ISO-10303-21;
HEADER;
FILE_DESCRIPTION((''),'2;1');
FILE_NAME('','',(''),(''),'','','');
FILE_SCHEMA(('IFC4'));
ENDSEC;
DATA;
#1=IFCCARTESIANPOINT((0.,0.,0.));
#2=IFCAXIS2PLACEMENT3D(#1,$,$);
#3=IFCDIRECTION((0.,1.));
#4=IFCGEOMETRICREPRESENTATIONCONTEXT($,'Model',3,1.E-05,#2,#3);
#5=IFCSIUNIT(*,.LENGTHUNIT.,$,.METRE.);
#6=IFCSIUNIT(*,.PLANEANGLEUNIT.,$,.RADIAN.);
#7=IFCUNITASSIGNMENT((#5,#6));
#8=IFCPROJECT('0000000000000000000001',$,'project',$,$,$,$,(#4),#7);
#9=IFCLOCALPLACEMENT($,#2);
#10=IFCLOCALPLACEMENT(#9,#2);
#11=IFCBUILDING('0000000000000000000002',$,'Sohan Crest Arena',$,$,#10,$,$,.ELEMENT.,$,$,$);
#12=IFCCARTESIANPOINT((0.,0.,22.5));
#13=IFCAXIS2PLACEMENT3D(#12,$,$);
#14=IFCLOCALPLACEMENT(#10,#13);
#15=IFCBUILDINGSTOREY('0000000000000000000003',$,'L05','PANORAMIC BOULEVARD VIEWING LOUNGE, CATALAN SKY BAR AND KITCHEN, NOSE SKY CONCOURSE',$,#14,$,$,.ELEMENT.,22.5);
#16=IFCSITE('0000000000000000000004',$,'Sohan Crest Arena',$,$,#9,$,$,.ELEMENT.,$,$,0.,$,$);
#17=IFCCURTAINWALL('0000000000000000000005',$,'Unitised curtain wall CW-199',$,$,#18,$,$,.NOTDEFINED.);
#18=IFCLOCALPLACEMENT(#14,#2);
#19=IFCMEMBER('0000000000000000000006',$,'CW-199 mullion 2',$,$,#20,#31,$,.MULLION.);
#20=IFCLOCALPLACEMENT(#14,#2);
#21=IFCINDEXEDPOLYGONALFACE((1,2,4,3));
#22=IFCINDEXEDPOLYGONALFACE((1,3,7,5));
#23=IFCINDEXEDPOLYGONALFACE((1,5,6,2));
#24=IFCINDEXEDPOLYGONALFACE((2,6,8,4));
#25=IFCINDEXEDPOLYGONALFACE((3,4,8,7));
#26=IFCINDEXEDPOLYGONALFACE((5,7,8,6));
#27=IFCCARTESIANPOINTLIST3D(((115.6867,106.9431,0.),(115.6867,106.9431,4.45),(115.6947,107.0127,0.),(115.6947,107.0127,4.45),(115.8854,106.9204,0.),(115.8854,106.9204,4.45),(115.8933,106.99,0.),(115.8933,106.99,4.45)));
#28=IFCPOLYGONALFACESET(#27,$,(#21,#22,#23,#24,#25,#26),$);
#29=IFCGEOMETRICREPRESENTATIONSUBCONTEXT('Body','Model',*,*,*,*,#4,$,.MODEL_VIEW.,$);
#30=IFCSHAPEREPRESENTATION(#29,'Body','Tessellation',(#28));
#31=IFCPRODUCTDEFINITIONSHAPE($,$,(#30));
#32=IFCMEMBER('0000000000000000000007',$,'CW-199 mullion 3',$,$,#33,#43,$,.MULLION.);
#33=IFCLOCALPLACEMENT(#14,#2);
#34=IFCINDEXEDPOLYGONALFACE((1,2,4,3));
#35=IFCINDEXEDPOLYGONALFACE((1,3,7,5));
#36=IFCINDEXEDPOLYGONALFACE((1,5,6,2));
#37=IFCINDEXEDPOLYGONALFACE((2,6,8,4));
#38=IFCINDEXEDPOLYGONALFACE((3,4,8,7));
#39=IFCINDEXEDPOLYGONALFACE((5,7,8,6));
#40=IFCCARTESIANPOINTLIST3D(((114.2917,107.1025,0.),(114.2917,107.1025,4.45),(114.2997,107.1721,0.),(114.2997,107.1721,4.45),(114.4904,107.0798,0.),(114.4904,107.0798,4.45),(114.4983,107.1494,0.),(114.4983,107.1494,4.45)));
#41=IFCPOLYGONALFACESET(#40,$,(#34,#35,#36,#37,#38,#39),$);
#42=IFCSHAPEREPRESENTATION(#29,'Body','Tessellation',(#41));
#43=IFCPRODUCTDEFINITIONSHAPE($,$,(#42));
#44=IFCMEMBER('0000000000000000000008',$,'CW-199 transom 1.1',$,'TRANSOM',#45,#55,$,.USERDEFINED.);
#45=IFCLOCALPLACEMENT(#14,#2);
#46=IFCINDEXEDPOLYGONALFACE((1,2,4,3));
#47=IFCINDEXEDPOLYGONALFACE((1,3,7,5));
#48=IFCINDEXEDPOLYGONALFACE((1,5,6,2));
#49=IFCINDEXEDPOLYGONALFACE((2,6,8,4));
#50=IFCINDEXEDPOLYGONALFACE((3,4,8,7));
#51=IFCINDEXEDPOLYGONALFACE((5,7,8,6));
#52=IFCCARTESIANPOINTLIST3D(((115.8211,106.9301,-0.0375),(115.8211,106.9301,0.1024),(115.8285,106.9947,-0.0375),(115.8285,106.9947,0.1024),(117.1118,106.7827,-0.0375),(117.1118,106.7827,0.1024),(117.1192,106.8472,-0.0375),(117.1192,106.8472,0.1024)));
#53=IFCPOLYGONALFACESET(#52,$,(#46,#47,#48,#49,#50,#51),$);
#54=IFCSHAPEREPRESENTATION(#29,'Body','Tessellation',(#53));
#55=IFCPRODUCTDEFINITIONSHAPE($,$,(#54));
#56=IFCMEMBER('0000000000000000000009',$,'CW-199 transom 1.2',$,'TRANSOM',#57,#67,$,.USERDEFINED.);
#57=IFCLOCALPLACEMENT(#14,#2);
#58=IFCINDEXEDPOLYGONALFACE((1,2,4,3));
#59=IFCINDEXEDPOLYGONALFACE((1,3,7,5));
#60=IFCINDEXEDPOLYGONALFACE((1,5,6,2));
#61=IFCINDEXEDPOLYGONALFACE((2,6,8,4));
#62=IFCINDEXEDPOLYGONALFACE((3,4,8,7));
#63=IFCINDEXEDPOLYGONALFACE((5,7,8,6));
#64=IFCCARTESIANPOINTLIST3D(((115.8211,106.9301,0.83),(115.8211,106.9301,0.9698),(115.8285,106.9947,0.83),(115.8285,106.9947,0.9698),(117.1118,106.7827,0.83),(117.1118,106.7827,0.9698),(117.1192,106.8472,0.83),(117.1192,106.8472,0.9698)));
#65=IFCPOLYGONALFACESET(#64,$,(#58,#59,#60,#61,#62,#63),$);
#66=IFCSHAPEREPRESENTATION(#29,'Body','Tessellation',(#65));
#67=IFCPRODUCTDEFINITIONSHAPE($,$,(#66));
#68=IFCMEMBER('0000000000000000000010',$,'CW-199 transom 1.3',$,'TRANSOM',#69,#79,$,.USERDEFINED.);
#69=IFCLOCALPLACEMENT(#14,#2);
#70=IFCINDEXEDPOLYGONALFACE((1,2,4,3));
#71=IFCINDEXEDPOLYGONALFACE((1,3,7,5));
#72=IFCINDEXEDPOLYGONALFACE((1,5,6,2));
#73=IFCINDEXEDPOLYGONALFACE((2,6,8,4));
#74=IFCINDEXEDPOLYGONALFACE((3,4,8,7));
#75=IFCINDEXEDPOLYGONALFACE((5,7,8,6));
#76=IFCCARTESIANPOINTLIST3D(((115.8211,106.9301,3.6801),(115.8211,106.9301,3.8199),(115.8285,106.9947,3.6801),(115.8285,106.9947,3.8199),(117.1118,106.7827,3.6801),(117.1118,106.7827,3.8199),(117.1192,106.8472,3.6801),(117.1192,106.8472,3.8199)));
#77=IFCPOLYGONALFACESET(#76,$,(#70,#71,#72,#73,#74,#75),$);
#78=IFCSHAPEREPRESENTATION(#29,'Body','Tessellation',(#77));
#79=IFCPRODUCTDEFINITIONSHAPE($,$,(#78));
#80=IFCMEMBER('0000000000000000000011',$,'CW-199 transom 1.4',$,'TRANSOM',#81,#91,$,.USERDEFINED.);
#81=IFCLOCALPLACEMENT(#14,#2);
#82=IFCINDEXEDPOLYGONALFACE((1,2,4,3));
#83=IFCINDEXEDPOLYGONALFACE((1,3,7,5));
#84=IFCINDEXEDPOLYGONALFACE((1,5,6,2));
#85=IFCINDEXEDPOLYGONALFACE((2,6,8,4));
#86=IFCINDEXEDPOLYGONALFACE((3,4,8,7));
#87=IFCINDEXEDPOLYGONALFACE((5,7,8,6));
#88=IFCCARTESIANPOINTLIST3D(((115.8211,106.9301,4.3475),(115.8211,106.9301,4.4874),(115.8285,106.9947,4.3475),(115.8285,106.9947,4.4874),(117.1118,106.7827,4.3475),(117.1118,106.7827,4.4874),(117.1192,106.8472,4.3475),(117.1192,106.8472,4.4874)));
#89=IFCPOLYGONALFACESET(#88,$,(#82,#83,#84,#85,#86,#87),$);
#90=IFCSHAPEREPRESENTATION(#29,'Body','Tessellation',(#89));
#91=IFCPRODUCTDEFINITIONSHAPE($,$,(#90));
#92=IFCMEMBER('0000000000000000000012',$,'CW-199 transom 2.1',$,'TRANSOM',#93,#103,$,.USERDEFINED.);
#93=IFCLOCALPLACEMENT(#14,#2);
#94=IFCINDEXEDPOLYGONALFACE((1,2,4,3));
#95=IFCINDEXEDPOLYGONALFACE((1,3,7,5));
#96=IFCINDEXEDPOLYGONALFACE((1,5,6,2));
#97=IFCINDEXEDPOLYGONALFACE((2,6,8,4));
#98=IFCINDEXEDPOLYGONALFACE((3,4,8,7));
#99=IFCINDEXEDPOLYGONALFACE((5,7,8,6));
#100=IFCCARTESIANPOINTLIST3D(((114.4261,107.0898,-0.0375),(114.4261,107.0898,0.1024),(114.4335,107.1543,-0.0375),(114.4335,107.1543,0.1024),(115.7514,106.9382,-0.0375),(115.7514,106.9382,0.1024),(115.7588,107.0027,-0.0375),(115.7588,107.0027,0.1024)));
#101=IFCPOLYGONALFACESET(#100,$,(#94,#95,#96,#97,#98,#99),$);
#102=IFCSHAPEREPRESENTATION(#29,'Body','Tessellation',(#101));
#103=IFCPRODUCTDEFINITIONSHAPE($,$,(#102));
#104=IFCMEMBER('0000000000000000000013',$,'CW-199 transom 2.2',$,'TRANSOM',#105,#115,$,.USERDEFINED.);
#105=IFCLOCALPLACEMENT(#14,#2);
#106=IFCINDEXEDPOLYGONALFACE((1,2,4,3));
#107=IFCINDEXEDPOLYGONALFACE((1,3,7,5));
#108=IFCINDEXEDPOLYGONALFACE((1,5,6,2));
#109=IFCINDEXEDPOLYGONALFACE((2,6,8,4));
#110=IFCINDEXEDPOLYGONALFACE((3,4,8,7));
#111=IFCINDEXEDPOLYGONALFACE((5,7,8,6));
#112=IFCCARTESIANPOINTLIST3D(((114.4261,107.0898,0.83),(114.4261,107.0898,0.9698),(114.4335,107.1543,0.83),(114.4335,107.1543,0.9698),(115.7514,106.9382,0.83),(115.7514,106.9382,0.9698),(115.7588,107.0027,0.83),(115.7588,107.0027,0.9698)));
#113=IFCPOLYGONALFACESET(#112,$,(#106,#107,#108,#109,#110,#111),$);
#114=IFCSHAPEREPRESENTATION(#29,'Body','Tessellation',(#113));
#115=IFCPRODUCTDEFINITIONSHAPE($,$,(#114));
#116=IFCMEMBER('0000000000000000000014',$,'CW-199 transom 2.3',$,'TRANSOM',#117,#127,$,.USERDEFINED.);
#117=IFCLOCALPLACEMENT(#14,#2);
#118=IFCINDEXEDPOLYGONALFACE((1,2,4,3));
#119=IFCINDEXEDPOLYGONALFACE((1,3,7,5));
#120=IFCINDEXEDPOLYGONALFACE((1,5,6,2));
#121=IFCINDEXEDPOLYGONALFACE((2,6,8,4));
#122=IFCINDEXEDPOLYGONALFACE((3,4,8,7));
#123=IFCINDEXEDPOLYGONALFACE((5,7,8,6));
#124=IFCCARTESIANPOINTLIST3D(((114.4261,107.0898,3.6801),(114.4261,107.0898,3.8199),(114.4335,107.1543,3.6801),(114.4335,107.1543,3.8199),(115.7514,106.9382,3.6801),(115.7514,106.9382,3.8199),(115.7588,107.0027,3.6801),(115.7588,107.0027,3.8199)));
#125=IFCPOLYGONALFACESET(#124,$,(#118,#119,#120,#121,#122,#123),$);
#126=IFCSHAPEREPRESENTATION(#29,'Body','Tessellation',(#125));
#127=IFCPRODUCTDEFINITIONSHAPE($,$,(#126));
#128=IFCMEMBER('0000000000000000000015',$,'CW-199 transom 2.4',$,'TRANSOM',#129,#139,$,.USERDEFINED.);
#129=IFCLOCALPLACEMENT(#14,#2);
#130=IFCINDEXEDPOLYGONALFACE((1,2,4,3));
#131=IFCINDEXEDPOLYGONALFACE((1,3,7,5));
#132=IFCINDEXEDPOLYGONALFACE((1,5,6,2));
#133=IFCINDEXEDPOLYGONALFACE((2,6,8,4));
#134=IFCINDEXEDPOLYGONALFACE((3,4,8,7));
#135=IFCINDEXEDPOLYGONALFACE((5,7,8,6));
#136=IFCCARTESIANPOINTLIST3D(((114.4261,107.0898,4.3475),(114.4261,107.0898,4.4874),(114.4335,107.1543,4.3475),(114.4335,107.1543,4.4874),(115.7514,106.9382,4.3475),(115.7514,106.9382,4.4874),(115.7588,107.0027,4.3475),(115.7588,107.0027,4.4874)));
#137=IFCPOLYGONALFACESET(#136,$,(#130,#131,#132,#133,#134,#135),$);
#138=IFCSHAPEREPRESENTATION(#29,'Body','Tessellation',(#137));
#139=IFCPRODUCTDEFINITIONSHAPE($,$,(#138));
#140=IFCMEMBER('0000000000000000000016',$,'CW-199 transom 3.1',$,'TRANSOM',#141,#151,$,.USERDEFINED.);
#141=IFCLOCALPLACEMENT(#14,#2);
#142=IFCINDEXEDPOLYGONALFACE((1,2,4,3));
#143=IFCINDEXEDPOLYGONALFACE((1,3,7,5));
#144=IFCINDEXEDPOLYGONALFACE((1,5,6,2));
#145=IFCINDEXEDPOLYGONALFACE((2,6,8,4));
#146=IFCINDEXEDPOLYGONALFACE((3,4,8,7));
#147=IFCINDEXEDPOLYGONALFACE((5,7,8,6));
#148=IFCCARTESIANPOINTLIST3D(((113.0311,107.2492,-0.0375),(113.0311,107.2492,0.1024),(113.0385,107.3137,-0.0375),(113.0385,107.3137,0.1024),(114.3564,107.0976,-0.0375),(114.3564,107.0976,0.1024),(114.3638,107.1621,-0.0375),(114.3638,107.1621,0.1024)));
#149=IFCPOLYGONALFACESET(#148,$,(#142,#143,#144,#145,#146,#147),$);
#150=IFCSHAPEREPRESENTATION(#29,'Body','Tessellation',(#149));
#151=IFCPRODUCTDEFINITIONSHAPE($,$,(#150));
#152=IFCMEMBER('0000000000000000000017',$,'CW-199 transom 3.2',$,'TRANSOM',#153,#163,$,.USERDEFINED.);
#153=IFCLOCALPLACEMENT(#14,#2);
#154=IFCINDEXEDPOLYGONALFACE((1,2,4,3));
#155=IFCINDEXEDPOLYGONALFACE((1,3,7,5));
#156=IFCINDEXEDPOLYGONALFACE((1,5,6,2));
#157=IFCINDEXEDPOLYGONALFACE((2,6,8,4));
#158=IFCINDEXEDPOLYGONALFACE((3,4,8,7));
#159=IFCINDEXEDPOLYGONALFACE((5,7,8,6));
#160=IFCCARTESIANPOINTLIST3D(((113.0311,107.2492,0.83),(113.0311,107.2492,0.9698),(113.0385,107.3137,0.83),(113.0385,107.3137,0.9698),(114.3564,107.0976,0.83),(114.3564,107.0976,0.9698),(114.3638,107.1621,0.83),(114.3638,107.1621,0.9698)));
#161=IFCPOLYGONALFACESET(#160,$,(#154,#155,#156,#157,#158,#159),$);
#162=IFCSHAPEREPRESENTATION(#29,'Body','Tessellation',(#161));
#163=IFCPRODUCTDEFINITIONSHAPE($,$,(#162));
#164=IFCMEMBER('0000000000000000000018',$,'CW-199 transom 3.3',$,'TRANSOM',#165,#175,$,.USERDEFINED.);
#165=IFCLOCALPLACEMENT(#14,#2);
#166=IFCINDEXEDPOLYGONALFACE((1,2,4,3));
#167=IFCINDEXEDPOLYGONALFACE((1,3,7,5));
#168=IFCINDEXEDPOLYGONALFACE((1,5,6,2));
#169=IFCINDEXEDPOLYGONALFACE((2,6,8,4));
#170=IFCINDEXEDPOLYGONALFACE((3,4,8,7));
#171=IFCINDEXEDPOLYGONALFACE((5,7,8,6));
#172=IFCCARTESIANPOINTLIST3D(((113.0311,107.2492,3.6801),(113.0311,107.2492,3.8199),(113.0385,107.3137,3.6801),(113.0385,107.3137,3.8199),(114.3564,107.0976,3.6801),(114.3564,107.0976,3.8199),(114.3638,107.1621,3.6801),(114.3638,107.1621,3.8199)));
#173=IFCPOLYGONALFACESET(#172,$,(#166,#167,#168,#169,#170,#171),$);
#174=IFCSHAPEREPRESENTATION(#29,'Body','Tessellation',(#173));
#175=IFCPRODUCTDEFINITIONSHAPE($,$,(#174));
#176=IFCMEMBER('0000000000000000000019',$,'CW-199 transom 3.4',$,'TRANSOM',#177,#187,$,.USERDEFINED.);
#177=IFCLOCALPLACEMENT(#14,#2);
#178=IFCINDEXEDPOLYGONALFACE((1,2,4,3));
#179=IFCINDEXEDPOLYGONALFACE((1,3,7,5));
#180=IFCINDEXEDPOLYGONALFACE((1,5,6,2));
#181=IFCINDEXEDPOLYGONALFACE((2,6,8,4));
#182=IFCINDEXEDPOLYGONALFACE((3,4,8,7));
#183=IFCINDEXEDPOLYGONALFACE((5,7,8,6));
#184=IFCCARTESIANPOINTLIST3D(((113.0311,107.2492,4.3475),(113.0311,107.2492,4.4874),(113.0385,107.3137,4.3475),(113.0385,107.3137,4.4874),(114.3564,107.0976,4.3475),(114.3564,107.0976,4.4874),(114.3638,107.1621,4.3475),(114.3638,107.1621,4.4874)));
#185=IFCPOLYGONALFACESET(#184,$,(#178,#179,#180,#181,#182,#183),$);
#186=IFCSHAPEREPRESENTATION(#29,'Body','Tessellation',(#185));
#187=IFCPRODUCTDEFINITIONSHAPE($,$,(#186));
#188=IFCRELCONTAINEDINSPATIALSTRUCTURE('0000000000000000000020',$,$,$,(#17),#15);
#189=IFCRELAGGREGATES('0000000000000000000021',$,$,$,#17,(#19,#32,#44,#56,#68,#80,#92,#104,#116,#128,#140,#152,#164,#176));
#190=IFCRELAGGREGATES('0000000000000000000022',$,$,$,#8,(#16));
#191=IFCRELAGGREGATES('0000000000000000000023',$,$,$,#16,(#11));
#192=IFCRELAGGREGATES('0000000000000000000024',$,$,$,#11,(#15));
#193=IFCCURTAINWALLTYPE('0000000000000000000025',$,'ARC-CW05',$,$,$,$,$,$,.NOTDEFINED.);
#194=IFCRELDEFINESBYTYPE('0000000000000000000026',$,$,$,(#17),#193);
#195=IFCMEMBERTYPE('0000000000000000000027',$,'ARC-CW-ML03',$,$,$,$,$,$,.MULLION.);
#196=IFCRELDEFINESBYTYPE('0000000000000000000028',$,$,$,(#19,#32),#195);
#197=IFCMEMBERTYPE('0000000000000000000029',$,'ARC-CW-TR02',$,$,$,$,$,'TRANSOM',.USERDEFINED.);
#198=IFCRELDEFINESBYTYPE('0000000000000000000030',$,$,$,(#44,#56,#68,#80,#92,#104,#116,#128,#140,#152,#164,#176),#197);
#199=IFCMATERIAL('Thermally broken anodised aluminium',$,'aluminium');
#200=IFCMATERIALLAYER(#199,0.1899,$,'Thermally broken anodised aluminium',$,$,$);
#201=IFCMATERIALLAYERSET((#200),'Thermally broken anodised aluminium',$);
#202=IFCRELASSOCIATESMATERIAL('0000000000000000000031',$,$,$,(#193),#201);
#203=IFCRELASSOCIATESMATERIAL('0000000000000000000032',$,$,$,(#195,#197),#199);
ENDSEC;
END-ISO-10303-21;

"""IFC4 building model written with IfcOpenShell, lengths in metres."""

from ifc_helpers import new_model, si_unit, direction, frame, origin, origin_2d, place, context, subcontext, project, spatial, rectangle, extrude, material, layer, layer_set, material_profile, profile_set, type_object, element, aggregate, save


model = new_model("IFC4")

# Units and contexts
model_context = context("Model", 3, precision=1e-05, world=origin(), true_north=direction((0.0, 1.0)))
body_context = subcontext(model_context, "Body", "Model", "MODEL_VIEW")
ifc_project = project(units=[si_unit("LENGTHUNIT", "METRE"), si_unit("PLANEANGLEUNIT", "RADIAN")], contexts=[model_context])

# Site, building, storey
site_placement = place(None, origin())
site = spatial("IfcSite", under=ifc_project, at=site_placement, Name="Sohan Crest Arena", CompositionType="ELEMENT", RefElevation=0.0)
building_placement = place(site_placement, origin())
building = spatial("IfcBuilding", under=site, at=building_placement, Name="Sohan Crest Arena", CompositionType="ELEMENT")
storey_placement = place(building_placement, frame((0.0, 0.0, 22.5)))
storey = spatial("IfcBuildingStorey", under=building, at=storey_placement, Name="L05", Description="PANORAMIC BOULEVARD VIEWING LOUNGE, CATALAN SKY BAR AND KITCHEN, NOSE SKY CONCOURSE", CompositionType="ELEMENT", Elevation=22.5)

# Curtain wall, members
ifc_material_1 = material(Name="Thermally broken anodised aluminium", Category="aluminium")
ifc_layer_1 = layer(ifc_material_1, 0.1899, Name="Thermally broken anodised aluminium")
ifc_layer_set_1 = layer_set([ifc_layer_1], Name="Thermally broken anodised aluminium")
curtain_wall_type = type_object("IfcCurtainWallType", Name="ARC-CW05", PredefinedType="NOTDEFINED", material=ifc_layer_set_1)
curtain_wall_placement = place(storey_placement, origin())
curtain_wall = element("IfcCurtainWall", 1, at=curtain_wall_placement, inside=storey, type_object=curtain_wall_type, Name="Unitised curtain wall CW-199", PredefinedType="NOTDEFINED")
ifc_material_profile_1 = material_profile(ifc_material_1, rectangle(XDim=0.0701, YDim=0.2, at=origin_2d()), Name="ALU-MULL 70x200")
ifc_profile_set_1 = profile_set([ifc_material_profile_1], Name="Thermally broken anodised aluminium")
member_type_1 = type_object("IfcMemberType", Name="ARC-CW-ML03", PredefinedType="MULLION", material=ifc_profile_set_1)
member_1_placement = place(storey_placement, frame((115.79, 106.9666, 0.0), z_axis=(0.0, 0.0, 1.0), x_axis=(-0.113597, -0.993527, 0.0)))
member_1 = element("IfcMember", 2, at=member_1_placement, type_object=member_type_1, Name="CW-199 mullion 2", PredefinedType="MULLION", context=body_context, shape_type="SweptSolid", body=[
    extrude(rectangle(XDim=0.0701, YDim=0.2, at=origin_2d()), origin(), (0.0, 0.0, 1.0), 4.45),
])
member_2_placement = place(storey_placement, frame((114.395, 107.126, 0.0), z_axis=(0.0, 0.0, 1.0), x_axis=(-0.113597, -0.993527, 0.0)))
member_2 = element("IfcMember", 3, at=member_2_placement, type_object=member_type_1, Name="CW-199 mullion 3", PredefinedType="MULLION", context=body_context, shape_type="SweptSolid", body=[
    extrude(rectangle(XDim=0.0701, YDim=0.2, at=origin_2d()), origin(), (0.0, 0.0, 1.0), 4.45),
])
ifc_material_profile_2 = material_profile(ifc_material_1, rectangle(XDim=0.0649, YDim=0.1399, at=origin_2d()), Name="ALU-TRAN 65x140")
ifc_profile_set_2 = profile_set([ifc_material_profile_2], Name="Thermally broken anodised aluminium")
member_type_2 = type_object("IfcMemberType", Name="ARC-CW-TR02", ElementType="TRANSOM", PredefinedType="USERDEFINED", material=ifc_profile_set_2)
member_3_placement = place(storey_placement, frame((117.1155, 106.8149, 0.0325), z_axis=(-0.993538, 0.113504, 0.0), x_axis=(-0.113504, -0.993538, 0.0)))
member_3 = element("IfcMember", 4, at=member_3_placement, type_object=member_type_2, Name="CW-199 transom 1.1", ObjectType="TRANSOM", PredefinedType="USERDEFINED", context=body_context, shape_type="SweptSolid", body=[
    extrude(rectangle(XDim=0.0649, YDim=0.1399, at=origin_2d()), origin(), (0.0, 0.0, 1.0), 1.2991),
])
member_4_placement = place(storey_placement, frame((117.1155, 106.8149, 0.8999), z_axis=(-0.993538, 0.113504, 0.0), x_axis=(-0.113504, -0.993538, 0.0)))
member_4 = element("IfcMember", 5, at=member_4_placement, type_object=member_type_2, Name="CW-199 transom 1.2", ObjectType="TRANSOM", PredefinedType="USERDEFINED", context=body_context, shape_type="SweptSolid", body=[
    extrude(rectangle(XDim=0.0649, YDim=0.1399, at=origin_2d()), origin(), (0.0, 0.0, 1.0), 1.2991),
])
member_5_placement = place(storey_placement, frame((117.1155, 106.8149, 3.75), z_axis=(-0.993538, 0.113504, 0.0), x_axis=(-0.113504, -0.993538, 0.0)))
member_5 = element("IfcMember", 6, at=member_5_placement, type_object=member_type_2, Name="CW-199 transom 1.3", ObjectType="TRANSOM", PredefinedType="USERDEFINED", context=body_context, shape_type="SweptSolid", body=[
    extrude(rectangle(XDim=0.0649, YDim=0.1399, at=origin_2d()), origin(), (0.0, 0.0, 1.0), 1.2991),
])
member_6_placement = place(storey_placement, frame((117.1155, 106.8149, 4.4175), z_axis=(-0.993538, 0.113504, 0.0), x_axis=(-0.113504, -0.993538, 0.0)))
member_6 = element("IfcMember", 7, at=member_6_placement, type_object=member_type_2, Name="CW-199 transom 1.4", ObjectType="TRANSOM", PredefinedType="USERDEFINED", context=body_context, shape_type="SweptSolid", body=[
    extrude(rectangle(XDim=0.0649, YDim=0.1399, at=origin_2d()), origin(), (0.0, 0.0, 1.0), 1.2991),
])
member_7_placement = place(storey_placement, frame((115.7551, 106.9705, 0.0325), z_axis=(-0.993521, 0.113645, 0.0), x_axis=(-0.113645, -0.993521, 0.0)))
member_7 = element("IfcMember", 8, at=member_7_placement, type_object=member_type_2, Name="CW-199 transom 2.1", ObjectType="TRANSOM", PredefinedType="USERDEFINED", context=body_context, shape_type="SweptSolid", body=[
    extrude(rectangle(XDim=0.0649, YDim=0.1399, at=origin_2d()), origin(), (0.0, 0.0, 1.0), 1.334),
])
member_8_placement = place(storey_placement, frame((115.7551, 106.9705, 0.8999), z_axis=(-0.993521, 0.113645, 0.0), x_axis=(-0.113645, -0.993521, 0.0)))
member_8 = element("IfcMember", 9, at=member_8_placement, type_object=member_type_2, Name="CW-199 transom 2.2", ObjectType="TRANSOM", PredefinedType="USERDEFINED", context=body_context, shape_type="SweptSolid", body=[
    extrude(rectangle(XDim=0.0649, YDim=0.1399, at=origin_2d()), origin(), (0.0, 0.0, 1.0), 1.334),
])
member_9_placement = place(storey_placement, frame((115.7551, 106.9705, 3.75), z_axis=(-0.993521, 0.113645, 0.0), x_axis=(-0.113645, -0.993521, 0.0)))
member_9 = element("IfcMember", 10, at=member_9_placement, type_object=member_type_2, Name="CW-199 transom 2.3", ObjectType="TRANSOM", PredefinedType="USERDEFINED", context=body_context, shape_type="SweptSolid", body=[
    extrude(rectangle(XDim=0.0649, YDim=0.1399, at=origin_2d()), origin(), (0.0, 0.0, 1.0), 1.334),
])
member_10_placement = place(storey_placement, frame((115.7551, 106.9705, 4.4175), z_axis=(-0.993521, 0.113645, 0.0), x_axis=(-0.113645, -0.993521, 0.0)))
member_10 = element("IfcMember", 11, at=member_10_placement, type_object=member_type_2, Name="CW-199 transom 2.4", ObjectType="TRANSOM", PredefinedType="USERDEFINED", context=body_context, shape_type="SweptSolid", body=[
    extrude(rectangle(XDim=0.0649, YDim=0.1399, at=origin_2d()), origin(), (0.0, 0.0, 1.0), 1.334),
])
member_11_placement = place(storey_placement, frame((114.3601, 107.1299, 0.0325), z_axis=(-0.993521, 0.113645, 0.0), x_axis=(-0.113645, -0.993521, 0.0)))
member_11 = element("IfcMember", 12, at=member_11_placement, type_object=member_type_2, Name="CW-199 transom 3.1", ObjectType="TRANSOM", PredefinedType="USERDEFINED", context=body_context, shape_type="SweptSolid", body=[
    extrude(rectangle(XDim=0.0649, YDim=0.1399, at=origin_2d()), origin(), (0.0, 0.0, 1.0), 1.334),
])
member_12_placement = place(storey_placement, frame((114.3601, 107.1299, 0.8999), z_axis=(-0.993521, 0.113645, 0.0), x_axis=(-0.113645, -0.993521, 0.0)))
member_12 = element("IfcMember", 13, at=member_12_placement, type_object=member_type_2, Name="CW-199 transom 3.2", ObjectType="TRANSOM", PredefinedType="USERDEFINED", context=body_context, shape_type="SweptSolid", body=[
    extrude(rectangle(XDim=0.0649, YDim=0.1399, at=origin_2d()), origin(), (0.0, 0.0, 1.0), 1.334),
])
member_13_placement = place(storey_placement, frame((114.3601, 107.1299, 3.75), z_axis=(-0.993521, 0.113645, 0.0), x_axis=(-0.113645, -0.993521, 0.0)))
member_13 = element("IfcMember", 14, at=member_13_placement, type_object=member_type_2, Name="CW-199 transom 3.3", ObjectType="TRANSOM", PredefinedType="USERDEFINED", context=body_context, shape_type="SweptSolid", body=[
    extrude(rectangle(XDim=0.0649, YDim=0.1399, at=origin_2d()), origin(), (0.0, 0.0, 1.0), 1.334),
])
member_14_placement = place(storey_placement, frame((114.3601, 107.1299, 4.4175), z_axis=(-0.993521, 0.113645, 0.0), x_axis=(-0.113645, -0.993521, 0.0)))
member_14 = element("IfcMember", 15, at=member_14_placement, type_object=member_type_2, Name="CW-199 transom 3.4", ObjectType="TRANSOM", PredefinedType="USERDEFINED", context=body_context, shape_type="SweptSolid", body=[
    extrude(rectangle(XDim=0.0649, YDim=0.1399, at=origin_2d()), origin(), (0.0, 0.0, 1.0), 1.334),
])
aggregate(curtain_wall, [member_1, member_2, member_3, member_4, member_5, member_6, member_7, member_8, member_9, member_10, member_11, member_12, member_13, member_14])

save(model, "model.ifc")
